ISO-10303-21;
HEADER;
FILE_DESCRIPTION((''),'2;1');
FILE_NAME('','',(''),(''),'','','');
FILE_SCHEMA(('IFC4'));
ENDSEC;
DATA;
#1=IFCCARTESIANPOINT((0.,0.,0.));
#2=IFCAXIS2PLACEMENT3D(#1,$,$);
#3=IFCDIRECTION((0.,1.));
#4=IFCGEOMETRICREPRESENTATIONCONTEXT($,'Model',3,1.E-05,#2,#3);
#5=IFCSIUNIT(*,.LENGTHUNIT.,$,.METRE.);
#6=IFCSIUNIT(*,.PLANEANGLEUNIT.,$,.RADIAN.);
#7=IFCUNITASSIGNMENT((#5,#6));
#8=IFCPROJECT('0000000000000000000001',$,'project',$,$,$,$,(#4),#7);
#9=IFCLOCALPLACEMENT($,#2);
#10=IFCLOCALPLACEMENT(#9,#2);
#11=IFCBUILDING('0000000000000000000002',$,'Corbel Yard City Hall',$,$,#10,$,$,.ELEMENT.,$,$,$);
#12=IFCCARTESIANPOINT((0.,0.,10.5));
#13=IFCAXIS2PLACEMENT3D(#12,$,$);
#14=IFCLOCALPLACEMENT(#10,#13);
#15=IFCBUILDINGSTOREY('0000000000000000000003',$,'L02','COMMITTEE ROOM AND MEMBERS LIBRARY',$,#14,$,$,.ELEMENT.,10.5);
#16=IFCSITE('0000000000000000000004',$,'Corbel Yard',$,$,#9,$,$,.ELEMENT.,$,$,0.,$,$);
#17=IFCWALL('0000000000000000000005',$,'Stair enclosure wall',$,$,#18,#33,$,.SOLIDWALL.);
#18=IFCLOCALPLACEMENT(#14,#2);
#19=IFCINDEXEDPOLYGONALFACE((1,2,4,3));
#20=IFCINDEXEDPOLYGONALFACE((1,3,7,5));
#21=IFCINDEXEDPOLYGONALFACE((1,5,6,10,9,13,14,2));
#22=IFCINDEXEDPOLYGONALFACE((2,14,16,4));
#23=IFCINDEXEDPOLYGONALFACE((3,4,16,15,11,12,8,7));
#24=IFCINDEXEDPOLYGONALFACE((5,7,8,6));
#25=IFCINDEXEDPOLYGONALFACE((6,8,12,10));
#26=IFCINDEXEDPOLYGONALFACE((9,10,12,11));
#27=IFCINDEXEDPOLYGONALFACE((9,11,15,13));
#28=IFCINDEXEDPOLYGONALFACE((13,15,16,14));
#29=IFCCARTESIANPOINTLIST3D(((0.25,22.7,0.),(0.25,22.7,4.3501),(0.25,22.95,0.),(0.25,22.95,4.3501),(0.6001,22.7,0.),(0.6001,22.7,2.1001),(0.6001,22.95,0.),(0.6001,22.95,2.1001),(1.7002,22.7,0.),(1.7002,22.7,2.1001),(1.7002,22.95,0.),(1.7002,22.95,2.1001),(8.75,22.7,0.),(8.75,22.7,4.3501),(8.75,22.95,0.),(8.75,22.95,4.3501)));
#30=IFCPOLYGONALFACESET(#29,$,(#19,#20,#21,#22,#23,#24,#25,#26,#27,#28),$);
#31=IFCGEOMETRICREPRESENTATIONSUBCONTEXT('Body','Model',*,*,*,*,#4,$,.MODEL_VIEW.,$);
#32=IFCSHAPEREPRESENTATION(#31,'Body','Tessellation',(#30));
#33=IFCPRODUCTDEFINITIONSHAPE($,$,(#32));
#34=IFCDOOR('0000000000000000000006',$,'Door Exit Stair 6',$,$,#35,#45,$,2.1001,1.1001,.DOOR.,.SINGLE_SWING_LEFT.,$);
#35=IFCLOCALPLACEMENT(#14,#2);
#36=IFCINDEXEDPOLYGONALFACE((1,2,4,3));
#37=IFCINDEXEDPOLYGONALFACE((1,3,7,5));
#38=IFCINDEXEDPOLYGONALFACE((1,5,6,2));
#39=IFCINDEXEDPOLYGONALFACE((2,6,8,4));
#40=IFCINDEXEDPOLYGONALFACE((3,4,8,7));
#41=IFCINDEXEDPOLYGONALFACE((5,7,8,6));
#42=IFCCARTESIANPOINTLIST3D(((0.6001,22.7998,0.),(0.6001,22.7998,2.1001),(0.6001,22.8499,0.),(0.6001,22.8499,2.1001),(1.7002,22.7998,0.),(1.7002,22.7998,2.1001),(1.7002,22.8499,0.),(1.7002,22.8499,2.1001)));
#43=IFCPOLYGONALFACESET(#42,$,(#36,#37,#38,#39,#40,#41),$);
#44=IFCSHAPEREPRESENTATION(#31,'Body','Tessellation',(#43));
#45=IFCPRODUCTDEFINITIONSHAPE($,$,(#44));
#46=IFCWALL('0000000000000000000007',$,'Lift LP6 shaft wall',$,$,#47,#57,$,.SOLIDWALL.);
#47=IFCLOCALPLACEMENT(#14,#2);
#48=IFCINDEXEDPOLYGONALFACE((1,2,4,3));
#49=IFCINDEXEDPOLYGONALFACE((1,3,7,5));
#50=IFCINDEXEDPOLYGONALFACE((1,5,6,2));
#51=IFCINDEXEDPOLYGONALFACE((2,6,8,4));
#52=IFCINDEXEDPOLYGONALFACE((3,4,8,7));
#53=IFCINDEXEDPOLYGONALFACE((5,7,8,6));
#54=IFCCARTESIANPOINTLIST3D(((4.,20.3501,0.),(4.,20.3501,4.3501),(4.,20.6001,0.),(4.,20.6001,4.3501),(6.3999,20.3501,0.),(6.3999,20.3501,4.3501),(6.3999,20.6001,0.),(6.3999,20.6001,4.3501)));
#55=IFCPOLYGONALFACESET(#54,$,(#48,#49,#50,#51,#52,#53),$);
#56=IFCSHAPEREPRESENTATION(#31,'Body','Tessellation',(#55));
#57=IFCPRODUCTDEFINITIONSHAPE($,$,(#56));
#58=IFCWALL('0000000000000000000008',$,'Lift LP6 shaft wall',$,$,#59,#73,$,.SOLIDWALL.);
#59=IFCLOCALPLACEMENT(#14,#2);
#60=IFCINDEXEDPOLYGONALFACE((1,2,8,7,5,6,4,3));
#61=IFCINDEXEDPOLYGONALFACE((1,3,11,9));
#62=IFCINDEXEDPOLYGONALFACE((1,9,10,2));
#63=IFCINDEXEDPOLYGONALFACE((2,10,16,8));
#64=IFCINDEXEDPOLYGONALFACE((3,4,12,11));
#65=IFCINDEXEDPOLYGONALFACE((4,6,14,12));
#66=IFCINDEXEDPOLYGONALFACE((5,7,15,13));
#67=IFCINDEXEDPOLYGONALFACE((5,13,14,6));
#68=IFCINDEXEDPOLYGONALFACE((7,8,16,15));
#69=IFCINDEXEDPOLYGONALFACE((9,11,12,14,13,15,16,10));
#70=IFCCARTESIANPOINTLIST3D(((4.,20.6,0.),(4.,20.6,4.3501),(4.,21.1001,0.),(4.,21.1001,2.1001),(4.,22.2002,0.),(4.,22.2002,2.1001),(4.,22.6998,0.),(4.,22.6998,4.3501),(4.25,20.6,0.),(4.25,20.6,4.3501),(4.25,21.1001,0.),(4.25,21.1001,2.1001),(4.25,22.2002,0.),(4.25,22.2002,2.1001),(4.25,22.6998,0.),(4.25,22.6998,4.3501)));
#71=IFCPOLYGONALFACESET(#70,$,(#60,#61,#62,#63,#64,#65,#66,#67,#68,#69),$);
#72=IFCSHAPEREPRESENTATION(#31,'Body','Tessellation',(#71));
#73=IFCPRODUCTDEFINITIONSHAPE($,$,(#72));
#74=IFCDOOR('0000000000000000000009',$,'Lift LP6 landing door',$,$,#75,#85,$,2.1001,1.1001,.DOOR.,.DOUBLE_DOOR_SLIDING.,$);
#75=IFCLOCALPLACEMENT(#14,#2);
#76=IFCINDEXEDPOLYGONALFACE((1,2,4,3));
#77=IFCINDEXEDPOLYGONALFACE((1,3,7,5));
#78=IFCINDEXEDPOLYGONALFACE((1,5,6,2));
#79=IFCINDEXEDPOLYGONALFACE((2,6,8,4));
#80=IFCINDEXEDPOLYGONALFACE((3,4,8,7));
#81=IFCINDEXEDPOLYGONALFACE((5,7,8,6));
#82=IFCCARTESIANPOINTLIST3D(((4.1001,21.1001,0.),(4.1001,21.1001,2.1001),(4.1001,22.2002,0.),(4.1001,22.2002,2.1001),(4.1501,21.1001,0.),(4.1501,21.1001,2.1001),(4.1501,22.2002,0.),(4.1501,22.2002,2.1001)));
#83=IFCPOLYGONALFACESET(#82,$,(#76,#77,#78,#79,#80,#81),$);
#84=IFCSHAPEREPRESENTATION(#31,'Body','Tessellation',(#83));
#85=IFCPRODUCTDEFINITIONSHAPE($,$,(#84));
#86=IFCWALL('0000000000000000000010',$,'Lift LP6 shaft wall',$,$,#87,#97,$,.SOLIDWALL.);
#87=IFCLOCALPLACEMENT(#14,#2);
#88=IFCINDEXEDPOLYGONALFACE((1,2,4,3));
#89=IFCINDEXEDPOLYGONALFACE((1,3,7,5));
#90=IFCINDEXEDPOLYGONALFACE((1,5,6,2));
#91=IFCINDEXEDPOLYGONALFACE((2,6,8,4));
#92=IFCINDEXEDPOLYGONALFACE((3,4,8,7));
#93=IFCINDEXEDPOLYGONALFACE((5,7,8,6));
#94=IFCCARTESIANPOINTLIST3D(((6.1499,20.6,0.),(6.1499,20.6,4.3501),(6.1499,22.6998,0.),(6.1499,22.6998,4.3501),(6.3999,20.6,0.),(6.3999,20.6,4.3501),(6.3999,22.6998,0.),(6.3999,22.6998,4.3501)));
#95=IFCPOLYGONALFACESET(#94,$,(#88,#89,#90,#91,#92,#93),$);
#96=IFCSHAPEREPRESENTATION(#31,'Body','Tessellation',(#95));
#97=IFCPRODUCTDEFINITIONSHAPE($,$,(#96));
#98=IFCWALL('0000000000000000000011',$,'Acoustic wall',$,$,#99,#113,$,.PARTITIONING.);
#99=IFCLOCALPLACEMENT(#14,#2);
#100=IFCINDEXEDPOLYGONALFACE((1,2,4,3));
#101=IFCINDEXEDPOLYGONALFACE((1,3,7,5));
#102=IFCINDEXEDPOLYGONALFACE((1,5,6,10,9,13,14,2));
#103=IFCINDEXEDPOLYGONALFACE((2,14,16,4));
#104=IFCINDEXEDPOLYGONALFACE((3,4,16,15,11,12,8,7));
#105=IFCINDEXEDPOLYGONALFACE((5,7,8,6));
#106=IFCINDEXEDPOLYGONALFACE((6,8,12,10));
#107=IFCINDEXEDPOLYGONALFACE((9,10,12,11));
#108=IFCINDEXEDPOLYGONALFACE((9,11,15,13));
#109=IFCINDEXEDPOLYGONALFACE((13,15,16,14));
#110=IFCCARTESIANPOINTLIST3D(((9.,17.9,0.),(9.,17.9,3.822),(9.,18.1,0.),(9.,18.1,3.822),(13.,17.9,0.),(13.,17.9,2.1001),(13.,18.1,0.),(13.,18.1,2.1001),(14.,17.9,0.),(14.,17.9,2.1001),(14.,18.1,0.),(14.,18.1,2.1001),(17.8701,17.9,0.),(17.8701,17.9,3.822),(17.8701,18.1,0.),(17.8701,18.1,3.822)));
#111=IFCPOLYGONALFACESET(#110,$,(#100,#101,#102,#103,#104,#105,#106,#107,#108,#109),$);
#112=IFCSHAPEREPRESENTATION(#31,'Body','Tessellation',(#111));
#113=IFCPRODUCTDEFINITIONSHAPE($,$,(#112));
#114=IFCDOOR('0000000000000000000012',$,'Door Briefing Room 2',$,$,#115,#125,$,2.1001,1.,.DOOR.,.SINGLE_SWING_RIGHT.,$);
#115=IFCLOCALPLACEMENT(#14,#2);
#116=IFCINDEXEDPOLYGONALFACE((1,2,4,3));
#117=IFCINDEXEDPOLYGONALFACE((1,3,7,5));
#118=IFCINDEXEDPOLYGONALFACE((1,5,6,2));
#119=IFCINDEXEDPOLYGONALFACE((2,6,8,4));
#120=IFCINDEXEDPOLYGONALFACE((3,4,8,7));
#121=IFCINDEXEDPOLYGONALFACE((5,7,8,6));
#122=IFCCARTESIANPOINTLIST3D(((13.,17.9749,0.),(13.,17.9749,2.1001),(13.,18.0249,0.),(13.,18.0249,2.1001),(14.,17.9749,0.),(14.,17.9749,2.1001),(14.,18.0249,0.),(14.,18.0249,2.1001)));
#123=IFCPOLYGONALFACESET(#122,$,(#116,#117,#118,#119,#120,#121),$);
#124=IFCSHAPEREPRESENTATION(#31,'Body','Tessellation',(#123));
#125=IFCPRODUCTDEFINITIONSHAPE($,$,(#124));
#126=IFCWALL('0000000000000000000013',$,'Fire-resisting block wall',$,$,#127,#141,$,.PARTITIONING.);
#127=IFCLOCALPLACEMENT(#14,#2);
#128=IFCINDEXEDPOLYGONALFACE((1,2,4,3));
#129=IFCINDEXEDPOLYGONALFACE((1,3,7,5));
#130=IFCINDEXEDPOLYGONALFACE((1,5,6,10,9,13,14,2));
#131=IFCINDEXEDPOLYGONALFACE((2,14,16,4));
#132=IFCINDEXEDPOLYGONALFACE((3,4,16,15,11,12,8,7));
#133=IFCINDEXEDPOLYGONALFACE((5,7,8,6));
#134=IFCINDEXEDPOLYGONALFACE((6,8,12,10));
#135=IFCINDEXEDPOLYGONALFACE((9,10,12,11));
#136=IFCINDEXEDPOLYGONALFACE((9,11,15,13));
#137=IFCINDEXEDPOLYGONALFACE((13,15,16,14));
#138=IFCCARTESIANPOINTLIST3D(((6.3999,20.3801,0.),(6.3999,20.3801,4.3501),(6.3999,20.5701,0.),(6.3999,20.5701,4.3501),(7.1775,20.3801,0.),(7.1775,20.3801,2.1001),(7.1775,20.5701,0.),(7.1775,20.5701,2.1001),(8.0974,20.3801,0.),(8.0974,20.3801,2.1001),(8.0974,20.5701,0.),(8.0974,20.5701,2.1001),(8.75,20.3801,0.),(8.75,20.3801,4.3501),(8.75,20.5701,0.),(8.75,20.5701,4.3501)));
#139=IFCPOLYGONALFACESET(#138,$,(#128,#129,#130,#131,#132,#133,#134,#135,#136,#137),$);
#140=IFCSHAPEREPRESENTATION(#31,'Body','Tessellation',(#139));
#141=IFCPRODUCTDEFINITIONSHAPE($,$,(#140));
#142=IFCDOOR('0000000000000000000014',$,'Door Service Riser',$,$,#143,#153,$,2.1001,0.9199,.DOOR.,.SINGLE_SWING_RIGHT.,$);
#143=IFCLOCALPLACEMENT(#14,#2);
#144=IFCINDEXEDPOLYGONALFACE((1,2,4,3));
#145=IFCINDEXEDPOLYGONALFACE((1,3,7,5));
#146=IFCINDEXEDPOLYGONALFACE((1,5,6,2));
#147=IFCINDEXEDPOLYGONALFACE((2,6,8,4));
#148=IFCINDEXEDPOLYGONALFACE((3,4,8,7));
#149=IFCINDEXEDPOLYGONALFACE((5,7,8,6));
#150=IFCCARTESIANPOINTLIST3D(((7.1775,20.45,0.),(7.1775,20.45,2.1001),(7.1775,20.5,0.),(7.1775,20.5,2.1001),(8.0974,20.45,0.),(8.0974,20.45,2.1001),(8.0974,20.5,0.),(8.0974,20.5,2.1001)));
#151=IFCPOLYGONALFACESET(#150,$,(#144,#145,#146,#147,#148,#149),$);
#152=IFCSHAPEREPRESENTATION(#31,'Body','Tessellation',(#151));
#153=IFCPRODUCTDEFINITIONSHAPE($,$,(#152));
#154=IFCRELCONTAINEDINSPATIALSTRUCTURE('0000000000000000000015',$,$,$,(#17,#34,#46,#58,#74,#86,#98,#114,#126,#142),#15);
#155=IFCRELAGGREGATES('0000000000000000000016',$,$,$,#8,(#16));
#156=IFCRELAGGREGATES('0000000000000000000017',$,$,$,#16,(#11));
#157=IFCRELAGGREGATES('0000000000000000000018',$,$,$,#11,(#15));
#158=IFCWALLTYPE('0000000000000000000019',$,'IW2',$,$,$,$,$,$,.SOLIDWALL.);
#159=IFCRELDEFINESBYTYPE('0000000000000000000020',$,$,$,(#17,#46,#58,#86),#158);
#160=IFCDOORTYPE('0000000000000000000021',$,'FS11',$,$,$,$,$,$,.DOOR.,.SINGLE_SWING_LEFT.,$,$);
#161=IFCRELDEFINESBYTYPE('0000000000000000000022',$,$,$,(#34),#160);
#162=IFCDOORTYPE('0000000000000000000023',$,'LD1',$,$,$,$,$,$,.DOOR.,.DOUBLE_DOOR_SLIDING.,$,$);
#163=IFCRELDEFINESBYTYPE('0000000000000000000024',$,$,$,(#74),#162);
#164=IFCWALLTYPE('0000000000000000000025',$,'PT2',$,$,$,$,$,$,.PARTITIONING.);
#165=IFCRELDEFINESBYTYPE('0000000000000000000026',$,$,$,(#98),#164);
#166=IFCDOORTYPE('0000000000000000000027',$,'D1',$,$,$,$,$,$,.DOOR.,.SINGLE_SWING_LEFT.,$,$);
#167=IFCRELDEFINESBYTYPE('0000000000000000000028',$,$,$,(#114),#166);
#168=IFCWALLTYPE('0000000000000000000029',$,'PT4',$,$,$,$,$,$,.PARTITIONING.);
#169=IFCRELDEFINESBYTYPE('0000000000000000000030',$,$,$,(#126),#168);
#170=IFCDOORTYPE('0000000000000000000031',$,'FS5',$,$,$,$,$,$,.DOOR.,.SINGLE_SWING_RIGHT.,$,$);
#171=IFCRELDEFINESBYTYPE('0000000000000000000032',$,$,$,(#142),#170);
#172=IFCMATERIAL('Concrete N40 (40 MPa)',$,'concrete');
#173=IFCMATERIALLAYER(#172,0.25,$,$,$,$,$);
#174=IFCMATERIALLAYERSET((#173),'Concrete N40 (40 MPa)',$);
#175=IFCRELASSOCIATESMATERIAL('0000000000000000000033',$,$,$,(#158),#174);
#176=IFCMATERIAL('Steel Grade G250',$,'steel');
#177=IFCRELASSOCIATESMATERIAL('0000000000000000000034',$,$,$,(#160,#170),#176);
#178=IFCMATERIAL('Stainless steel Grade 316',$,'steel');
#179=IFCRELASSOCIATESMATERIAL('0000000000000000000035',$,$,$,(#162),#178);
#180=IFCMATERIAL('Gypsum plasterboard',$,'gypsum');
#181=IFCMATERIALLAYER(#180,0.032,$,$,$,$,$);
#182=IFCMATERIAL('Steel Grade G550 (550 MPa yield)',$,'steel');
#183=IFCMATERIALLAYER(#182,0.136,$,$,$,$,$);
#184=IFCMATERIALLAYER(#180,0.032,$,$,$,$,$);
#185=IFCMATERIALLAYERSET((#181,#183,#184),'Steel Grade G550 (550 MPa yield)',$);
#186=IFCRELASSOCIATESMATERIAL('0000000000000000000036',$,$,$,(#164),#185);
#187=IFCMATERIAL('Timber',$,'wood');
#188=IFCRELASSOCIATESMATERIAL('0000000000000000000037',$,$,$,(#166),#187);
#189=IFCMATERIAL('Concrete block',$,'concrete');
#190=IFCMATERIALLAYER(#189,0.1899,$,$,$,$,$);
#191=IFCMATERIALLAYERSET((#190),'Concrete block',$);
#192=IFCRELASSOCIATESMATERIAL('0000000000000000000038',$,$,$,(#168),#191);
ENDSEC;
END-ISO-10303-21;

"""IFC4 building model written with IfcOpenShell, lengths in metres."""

from ifc_helpers import new_model, si_unit, direction, frame, frame_2d, origin, place, context, subcontext, project, spatial, rectangle, extrude, material, layer, layer_set, type_object, element, fill, save


model = new_model("IFC4")

# Units and contexts
model_context = context("Model", 3, precision=1e-05, world=origin(), true_north=direction((0.0, 1.0)))
body_context = subcontext(model_context, "Body", "Model", "MODEL_VIEW")
ifc_project = project(units=[si_unit("LENGTHUNIT", "METRE"), si_unit("PLANEANGLEUNIT", "RADIAN")], contexts=[model_context])

# Site, building, storey
site_placement = place(None, origin())
site = spatial("IfcSite", under=ifc_project, at=site_placement, Name="Corbel Yard", CompositionType="ELEMENT", RefElevation=0.0)
building_placement = place(site_placement, origin())
building = spatial("IfcBuilding", under=site, at=building_placement, Name="Corbel Yard City Hall", CompositionType="ELEMENT")
storey_placement = place(building_placement, frame((0.0, 0.0, 10.5)))
storey = spatial("IfcBuildingStorey", under=building, at=storey_placement, Name="L02", Description="COMMITTEE ROOM AND MEMBERS LIBRARY", CompositionType="ELEMENT", Elevation=10.5)

# Shared definitions
ifc_material_1 = material(Name="Steel Grade G250", Category="steel")

# Shared definitions
ifc_material_2 = material(Name="Gypsum plasterboard", Category="gypsum")
ifc_material_3 = material(Name="Concrete N40 (40 MPa)", Category="concrete")

# Wall, opening, door
ifc_layer_1 = layer(ifc_material_3, 0.25)
ifc_layer_set_1 = layer_set([ifc_layer_1], Name="Concrete N40 (40 MPa)")
wall_type_1 = type_object("IfcWallType", Name="IW2", PredefinedType="SOLIDWALL", material=ifc_layer_set_1)
wall_1_placement = place(storey_placement, frame((0.25, 22.825, 0.0), z_axis=(0.0, 0.0, 1.0), x_axis=(1.0, 0.0, 0.0)))
wall_1 = element("IfcWall", 1, at=wall_1_placement, inside=storey, type_object=wall_type_1, Name="Stair enclosure wall", PredefinedType="SOLIDWALL", context=body_context, shape_type="SweptSolid", body=[
    extrude(rectangle(XDim=8.5, YDim=0.25, at=frame_2d((4.25, 0.0))), origin(), (0.0, 0.0, 1.0), 4.3501),
])
opening_1_placement = place(wall_1_placement, frame((0.3501, 0.0, 0.0)))
opening_1 = element("IfcOpeningElement", 2, at=opening_1_placement, cuts=wall_1, PredefinedType="OPENING", context=body_context, shape_type="SweptSolid", body=[
    extrude(rectangle(XDim=1.1001, YDim=2.1001, at=frame_2d((0.55, 1.05))), frame((0.0, 0.135, 0.0), z_axis=(0.0, -1.0, 0.0), x_axis=(1.0, 0.0, 0.0)), (0.0, 0.0, 1.0), 0.27),
])
door_type_1 = type_object("IfcDoorType", Name="FS11", OperationType="SINGLE_SWING_LEFT", PredefinedType="DOOR", material=ifc_material_1)
door_1_placement = place(opening_1_placement, origin())
door_1 = element("IfcDoor", 3, at=door_1_placement, inside=storey, type_object=door_type_1, Name="Door Exit Stair 6", OperationType="SINGLE_SWING_LEFT", OverallHeight=2.1001, OverallWidth=1.1001, PredefinedType="DOOR", context=body_context, shape_type="SweptSolid", body=[
    extrude(rectangle(XDim=1.1001, YDim=2.1001, at=frame_2d((0.55, 1.05))), frame((0.0, 0.0249, 0.0), z_axis=(0.0, -1.0, 0.0), x_axis=(1.0, 0.0, 0.0)), (0.0, 0.0, 1.0), 0.05),
])
fill(opening_1, door_1)

# Wall
wall_2_placement = place(storey_placement, frame((4.0, 20.4751, 0.0), z_axis=(0.0, 0.0, 1.0), x_axis=(1.0, 0.0, 0.0)))
element("IfcWall", 4, at=wall_2_placement, inside=storey, type_object=wall_type_1, Name="Lift LP6 shaft wall", PredefinedType="SOLIDWALL", context=body_context, shape_type="SweptSolid", body=[
    extrude(rectangle(XDim=2.3999, YDim=0.25, at=frame_2d((1.2, 0.0))), origin(), (0.0, 0.0, 1.0), 4.3501),
])

# Wall, opening, door
wall_3_placement = place(storey_placement, frame((4.125, 20.6001, 0.0), z_axis=(0.0, 0.0, 1.0), x_axis=(0.0, 1.0, 0.0)))
wall_3 = element("IfcWall", 5, at=wall_3_placement, inside=storey, type_object=wall_type_1, Name="Lift LP6 shaft wall", PredefinedType="SOLIDWALL", context=body_context, shape_type="SweptSolid", body=[
    extrude(rectangle(XDim=2.0999, YDim=0.25, at=frame_2d((1.0498, 0.0))), origin(), (0.0, 0.0, 1.0), 4.3501),
])
opening_2_placement = place(wall_3_placement, frame((0.5, 0.0, 0.0)))
opening_2 = element("IfcOpeningElement", 6, at=opening_2_placement, cuts=wall_3, PredefinedType="OPENING", context=body_context, shape_type="SweptSolid", body=[
    extrude(rectangle(XDim=1.1001, YDim=2.1001, at=frame_2d((0.55, 1.05))), frame((0.0, 0.135, 0.0), z_axis=(0.0, -1.0, 0.0), x_axis=(1.0, 0.0, 0.0)), (0.0, 0.0, 1.0), 0.27),
])
ifc_material_4 = material(Name="Stainless steel Grade 316", Category="steel")
door_type_2 = type_object("IfcDoorType", Name="LD1", OperationType="DOUBLE_DOOR_SLIDING", PredefinedType="DOOR", material=ifc_material_4)
door_2_placement = place(opening_2_placement, origin())
door_2 = element("IfcDoor", 7, at=door_2_placement, inside=storey, type_object=door_type_2, Name="Lift LP6 landing door", OperationType="DOUBLE_DOOR_SLIDING", OverallHeight=2.1001, OverallWidth=1.1001, PredefinedType="DOOR", context=body_context, shape_type="SweptSolid", body=[
    extrude(rectangle(XDim=1.1001, YDim=2.1001, at=frame_2d((0.55, 1.05))), frame((0.0, 0.0249, 0.0), z_axis=(0.0, -1.0, 0.0), x_axis=(1.0, 0.0, 0.0)), (0.0, 0.0, 1.0), 0.05),
])
fill(opening_2, door_2)

# Wall
wall_4_placement = place(storey_placement, frame((6.2749, 20.6001, 0.0), z_axis=(0.0, 0.0, 1.0), x_axis=(0.0, 1.0, 0.0)))
element("IfcWall", 8, at=wall_4_placement, inside=storey, type_object=wall_type_1, Name="Lift LP6 shaft wall", PredefinedType="SOLIDWALL", context=body_context, shape_type="SweptSolid", body=[
    extrude(rectangle(XDim=2.0999, YDim=0.25, at=frame_2d((1.0498, 0.0))), origin(), (0.0, 0.0, 1.0), 4.3501),
])

# Walls, openings, doors
ifc_layer_2 = layer(ifc_material_2, 0.032)
ifc_material_5 = material(Name="Steel Grade G550 (550 MPa yield)", Category="steel")
ifc_layer_3 = layer(ifc_material_5, 0.136)
ifc_layer_4 = layer(ifc_material_2, 0.032)
ifc_layer_set_2 = layer_set([ifc_layer_2, ifc_layer_3, ifc_layer_4], Name="Steel Grade G550 (550 MPa yield)")
wall_type_2 = type_object("IfcWallType", Name="PT2", PredefinedType="PARTITIONING", material=ifc_layer_set_2)
wall_5_placement = place(storey_placement, frame((9.0, 18.0, 0.0), z_axis=(0.0, 0.0, 1.0), x_axis=(1.0, 0.0, 0.0)))
wall_5 = element("IfcWall", 9, at=wall_5_placement, inside=storey, type_object=wall_type_2, Name="Acoustic wall", PredefinedType="PARTITIONING", context=body_context, shape_type="SweptSolid", body=[
    extrude(rectangle(XDim=8.8701, YDim=0.2, at=frame_2d((4.4351, 0.0))), origin(), (0.0, 0.0, 1.0), 3.822),
])
opening_3_placement = place(wall_5_placement, frame((4.0, 0.0, 0.0)))
opening_3 = element("IfcOpeningElement", 10, at=opening_3_placement, cuts=wall_5, PredefinedType="OPENING", context=body_context, shape_type="SweptSolid", body=[
    extrude(rectangle(XDim=1.0, YDim=2.1001, at=frame_2d((0.5, 1.05))), frame((0.0, 0.1099, 0.0), z_axis=(0.0, -1.0, 0.0), x_axis=(1.0, 0.0, 0.0)), (0.0, 0.0, 1.0), 0.22),
])
ifc_material_6 = material(Name="Timber", Category="wood")
door_type_3 = type_object("IfcDoorType", Name="D1", OperationType="SINGLE_SWING_LEFT", PredefinedType="DOOR", material=ifc_material_6)
door_3_placement = place(opening_3_placement, origin())
door_3 = element("IfcDoor", 11, at=door_3_placement, inside=storey, type_object=door_type_3, Name="Door Briefing Room 2", OperationType="SINGLE_SWING_RIGHT", OverallHeight=2.1001, OverallWidth=1.0, PredefinedType="DOOR", context=body_context, shape_type="SweptSolid", body=[
    extrude(rectangle(XDim=1.0, YDim=2.1001, at=frame_2d((0.5, 1.05))), frame((0.0, 0.0249, 0.0), z_axis=(0.0, -1.0, 0.0), x_axis=(1.0, 0.0, 0.0)), (0.0, 0.0, 1.0), 0.05),
])
fill(opening_3, door_3)
ifc_material_7 = material(Name="Concrete block", Category="concrete")
ifc_layer_5 = layer(ifc_material_7, 0.1899)
ifc_layer_set_3 = layer_set([ifc_layer_5], Name="Concrete block")
wall_type_3 = type_object("IfcWallType", Name="PT4", PredefinedType="PARTITIONING", material=ifc_layer_set_3)
wall_6_placement = place(storey_placement, frame((6.3999, 20.4751, 0.0), z_axis=(0.0, 0.0, 1.0), x_axis=(1.0, 0.0, 0.0)))
wall_6 = element("IfcWall", 12, at=wall_6_placement, inside=storey, type_object=wall_type_3, Name="Fire-resisting block wall", PredefinedType="PARTITIONING", context=body_context, shape_type="SweptSolid", body=[
    extrude(rectangle(XDim=2.3501, YDim=0.1899, at=frame_2d((1.175, 0.0))), origin(), (0.0, 0.0, 1.0), 4.3501),
])
opening_4_placement = place(wall_6_placement, frame((0.7776, 0.0, 0.0)))
opening_4 = element("IfcOpeningElement", 13, at=opening_4_placement, cuts=wall_6, PredefinedType="OPENING", context=body_context, shape_type="SweptSolid", body=[
    extrude(rectangle(XDim=0.9199, YDim=2.1001, at=frame_2d((0.46, 1.05))), frame((0.0, 0.105, 0.0), z_axis=(0.0, -1.0, 0.0), x_axis=(1.0, 0.0, 0.0)), (0.0, 0.0, 1.0), 0.21),
])
door_type_4 = type_object("IfcDoorType", Name="FS5", OperationType="SINGLE_SWING_RIGHT", PredefinedType="DOOR", material=ifc_material_1)
door_4_placement = place(opening_4_placement, origin())
door_4 = element("IfcDoor", 14, at=door_4_placement, inside=storey, type_object=door_type_4, Name="Door Service Riser", OperationType="SINGLE_SWING_RIGHT", OverallHeight=2.1001, OverallWidth=0.9199, PredefinedType="DOOR", context=body_context, shape_type="SweptSolid", body=[
    extrude(rectangle(XDim=0.9199, YDim=2.1001, at=frame_2d((0.46, 1.05))), frame((0.0, 0.0249, 0.0), z_axis=(0.0, -1.0, 0.0), x_axis=(1.0, 0.0, 0.0)), (0.0, 0.0, 1.0), 0.05),
])
fill(opening_4, door_4)

save(model, "model.ifc")
